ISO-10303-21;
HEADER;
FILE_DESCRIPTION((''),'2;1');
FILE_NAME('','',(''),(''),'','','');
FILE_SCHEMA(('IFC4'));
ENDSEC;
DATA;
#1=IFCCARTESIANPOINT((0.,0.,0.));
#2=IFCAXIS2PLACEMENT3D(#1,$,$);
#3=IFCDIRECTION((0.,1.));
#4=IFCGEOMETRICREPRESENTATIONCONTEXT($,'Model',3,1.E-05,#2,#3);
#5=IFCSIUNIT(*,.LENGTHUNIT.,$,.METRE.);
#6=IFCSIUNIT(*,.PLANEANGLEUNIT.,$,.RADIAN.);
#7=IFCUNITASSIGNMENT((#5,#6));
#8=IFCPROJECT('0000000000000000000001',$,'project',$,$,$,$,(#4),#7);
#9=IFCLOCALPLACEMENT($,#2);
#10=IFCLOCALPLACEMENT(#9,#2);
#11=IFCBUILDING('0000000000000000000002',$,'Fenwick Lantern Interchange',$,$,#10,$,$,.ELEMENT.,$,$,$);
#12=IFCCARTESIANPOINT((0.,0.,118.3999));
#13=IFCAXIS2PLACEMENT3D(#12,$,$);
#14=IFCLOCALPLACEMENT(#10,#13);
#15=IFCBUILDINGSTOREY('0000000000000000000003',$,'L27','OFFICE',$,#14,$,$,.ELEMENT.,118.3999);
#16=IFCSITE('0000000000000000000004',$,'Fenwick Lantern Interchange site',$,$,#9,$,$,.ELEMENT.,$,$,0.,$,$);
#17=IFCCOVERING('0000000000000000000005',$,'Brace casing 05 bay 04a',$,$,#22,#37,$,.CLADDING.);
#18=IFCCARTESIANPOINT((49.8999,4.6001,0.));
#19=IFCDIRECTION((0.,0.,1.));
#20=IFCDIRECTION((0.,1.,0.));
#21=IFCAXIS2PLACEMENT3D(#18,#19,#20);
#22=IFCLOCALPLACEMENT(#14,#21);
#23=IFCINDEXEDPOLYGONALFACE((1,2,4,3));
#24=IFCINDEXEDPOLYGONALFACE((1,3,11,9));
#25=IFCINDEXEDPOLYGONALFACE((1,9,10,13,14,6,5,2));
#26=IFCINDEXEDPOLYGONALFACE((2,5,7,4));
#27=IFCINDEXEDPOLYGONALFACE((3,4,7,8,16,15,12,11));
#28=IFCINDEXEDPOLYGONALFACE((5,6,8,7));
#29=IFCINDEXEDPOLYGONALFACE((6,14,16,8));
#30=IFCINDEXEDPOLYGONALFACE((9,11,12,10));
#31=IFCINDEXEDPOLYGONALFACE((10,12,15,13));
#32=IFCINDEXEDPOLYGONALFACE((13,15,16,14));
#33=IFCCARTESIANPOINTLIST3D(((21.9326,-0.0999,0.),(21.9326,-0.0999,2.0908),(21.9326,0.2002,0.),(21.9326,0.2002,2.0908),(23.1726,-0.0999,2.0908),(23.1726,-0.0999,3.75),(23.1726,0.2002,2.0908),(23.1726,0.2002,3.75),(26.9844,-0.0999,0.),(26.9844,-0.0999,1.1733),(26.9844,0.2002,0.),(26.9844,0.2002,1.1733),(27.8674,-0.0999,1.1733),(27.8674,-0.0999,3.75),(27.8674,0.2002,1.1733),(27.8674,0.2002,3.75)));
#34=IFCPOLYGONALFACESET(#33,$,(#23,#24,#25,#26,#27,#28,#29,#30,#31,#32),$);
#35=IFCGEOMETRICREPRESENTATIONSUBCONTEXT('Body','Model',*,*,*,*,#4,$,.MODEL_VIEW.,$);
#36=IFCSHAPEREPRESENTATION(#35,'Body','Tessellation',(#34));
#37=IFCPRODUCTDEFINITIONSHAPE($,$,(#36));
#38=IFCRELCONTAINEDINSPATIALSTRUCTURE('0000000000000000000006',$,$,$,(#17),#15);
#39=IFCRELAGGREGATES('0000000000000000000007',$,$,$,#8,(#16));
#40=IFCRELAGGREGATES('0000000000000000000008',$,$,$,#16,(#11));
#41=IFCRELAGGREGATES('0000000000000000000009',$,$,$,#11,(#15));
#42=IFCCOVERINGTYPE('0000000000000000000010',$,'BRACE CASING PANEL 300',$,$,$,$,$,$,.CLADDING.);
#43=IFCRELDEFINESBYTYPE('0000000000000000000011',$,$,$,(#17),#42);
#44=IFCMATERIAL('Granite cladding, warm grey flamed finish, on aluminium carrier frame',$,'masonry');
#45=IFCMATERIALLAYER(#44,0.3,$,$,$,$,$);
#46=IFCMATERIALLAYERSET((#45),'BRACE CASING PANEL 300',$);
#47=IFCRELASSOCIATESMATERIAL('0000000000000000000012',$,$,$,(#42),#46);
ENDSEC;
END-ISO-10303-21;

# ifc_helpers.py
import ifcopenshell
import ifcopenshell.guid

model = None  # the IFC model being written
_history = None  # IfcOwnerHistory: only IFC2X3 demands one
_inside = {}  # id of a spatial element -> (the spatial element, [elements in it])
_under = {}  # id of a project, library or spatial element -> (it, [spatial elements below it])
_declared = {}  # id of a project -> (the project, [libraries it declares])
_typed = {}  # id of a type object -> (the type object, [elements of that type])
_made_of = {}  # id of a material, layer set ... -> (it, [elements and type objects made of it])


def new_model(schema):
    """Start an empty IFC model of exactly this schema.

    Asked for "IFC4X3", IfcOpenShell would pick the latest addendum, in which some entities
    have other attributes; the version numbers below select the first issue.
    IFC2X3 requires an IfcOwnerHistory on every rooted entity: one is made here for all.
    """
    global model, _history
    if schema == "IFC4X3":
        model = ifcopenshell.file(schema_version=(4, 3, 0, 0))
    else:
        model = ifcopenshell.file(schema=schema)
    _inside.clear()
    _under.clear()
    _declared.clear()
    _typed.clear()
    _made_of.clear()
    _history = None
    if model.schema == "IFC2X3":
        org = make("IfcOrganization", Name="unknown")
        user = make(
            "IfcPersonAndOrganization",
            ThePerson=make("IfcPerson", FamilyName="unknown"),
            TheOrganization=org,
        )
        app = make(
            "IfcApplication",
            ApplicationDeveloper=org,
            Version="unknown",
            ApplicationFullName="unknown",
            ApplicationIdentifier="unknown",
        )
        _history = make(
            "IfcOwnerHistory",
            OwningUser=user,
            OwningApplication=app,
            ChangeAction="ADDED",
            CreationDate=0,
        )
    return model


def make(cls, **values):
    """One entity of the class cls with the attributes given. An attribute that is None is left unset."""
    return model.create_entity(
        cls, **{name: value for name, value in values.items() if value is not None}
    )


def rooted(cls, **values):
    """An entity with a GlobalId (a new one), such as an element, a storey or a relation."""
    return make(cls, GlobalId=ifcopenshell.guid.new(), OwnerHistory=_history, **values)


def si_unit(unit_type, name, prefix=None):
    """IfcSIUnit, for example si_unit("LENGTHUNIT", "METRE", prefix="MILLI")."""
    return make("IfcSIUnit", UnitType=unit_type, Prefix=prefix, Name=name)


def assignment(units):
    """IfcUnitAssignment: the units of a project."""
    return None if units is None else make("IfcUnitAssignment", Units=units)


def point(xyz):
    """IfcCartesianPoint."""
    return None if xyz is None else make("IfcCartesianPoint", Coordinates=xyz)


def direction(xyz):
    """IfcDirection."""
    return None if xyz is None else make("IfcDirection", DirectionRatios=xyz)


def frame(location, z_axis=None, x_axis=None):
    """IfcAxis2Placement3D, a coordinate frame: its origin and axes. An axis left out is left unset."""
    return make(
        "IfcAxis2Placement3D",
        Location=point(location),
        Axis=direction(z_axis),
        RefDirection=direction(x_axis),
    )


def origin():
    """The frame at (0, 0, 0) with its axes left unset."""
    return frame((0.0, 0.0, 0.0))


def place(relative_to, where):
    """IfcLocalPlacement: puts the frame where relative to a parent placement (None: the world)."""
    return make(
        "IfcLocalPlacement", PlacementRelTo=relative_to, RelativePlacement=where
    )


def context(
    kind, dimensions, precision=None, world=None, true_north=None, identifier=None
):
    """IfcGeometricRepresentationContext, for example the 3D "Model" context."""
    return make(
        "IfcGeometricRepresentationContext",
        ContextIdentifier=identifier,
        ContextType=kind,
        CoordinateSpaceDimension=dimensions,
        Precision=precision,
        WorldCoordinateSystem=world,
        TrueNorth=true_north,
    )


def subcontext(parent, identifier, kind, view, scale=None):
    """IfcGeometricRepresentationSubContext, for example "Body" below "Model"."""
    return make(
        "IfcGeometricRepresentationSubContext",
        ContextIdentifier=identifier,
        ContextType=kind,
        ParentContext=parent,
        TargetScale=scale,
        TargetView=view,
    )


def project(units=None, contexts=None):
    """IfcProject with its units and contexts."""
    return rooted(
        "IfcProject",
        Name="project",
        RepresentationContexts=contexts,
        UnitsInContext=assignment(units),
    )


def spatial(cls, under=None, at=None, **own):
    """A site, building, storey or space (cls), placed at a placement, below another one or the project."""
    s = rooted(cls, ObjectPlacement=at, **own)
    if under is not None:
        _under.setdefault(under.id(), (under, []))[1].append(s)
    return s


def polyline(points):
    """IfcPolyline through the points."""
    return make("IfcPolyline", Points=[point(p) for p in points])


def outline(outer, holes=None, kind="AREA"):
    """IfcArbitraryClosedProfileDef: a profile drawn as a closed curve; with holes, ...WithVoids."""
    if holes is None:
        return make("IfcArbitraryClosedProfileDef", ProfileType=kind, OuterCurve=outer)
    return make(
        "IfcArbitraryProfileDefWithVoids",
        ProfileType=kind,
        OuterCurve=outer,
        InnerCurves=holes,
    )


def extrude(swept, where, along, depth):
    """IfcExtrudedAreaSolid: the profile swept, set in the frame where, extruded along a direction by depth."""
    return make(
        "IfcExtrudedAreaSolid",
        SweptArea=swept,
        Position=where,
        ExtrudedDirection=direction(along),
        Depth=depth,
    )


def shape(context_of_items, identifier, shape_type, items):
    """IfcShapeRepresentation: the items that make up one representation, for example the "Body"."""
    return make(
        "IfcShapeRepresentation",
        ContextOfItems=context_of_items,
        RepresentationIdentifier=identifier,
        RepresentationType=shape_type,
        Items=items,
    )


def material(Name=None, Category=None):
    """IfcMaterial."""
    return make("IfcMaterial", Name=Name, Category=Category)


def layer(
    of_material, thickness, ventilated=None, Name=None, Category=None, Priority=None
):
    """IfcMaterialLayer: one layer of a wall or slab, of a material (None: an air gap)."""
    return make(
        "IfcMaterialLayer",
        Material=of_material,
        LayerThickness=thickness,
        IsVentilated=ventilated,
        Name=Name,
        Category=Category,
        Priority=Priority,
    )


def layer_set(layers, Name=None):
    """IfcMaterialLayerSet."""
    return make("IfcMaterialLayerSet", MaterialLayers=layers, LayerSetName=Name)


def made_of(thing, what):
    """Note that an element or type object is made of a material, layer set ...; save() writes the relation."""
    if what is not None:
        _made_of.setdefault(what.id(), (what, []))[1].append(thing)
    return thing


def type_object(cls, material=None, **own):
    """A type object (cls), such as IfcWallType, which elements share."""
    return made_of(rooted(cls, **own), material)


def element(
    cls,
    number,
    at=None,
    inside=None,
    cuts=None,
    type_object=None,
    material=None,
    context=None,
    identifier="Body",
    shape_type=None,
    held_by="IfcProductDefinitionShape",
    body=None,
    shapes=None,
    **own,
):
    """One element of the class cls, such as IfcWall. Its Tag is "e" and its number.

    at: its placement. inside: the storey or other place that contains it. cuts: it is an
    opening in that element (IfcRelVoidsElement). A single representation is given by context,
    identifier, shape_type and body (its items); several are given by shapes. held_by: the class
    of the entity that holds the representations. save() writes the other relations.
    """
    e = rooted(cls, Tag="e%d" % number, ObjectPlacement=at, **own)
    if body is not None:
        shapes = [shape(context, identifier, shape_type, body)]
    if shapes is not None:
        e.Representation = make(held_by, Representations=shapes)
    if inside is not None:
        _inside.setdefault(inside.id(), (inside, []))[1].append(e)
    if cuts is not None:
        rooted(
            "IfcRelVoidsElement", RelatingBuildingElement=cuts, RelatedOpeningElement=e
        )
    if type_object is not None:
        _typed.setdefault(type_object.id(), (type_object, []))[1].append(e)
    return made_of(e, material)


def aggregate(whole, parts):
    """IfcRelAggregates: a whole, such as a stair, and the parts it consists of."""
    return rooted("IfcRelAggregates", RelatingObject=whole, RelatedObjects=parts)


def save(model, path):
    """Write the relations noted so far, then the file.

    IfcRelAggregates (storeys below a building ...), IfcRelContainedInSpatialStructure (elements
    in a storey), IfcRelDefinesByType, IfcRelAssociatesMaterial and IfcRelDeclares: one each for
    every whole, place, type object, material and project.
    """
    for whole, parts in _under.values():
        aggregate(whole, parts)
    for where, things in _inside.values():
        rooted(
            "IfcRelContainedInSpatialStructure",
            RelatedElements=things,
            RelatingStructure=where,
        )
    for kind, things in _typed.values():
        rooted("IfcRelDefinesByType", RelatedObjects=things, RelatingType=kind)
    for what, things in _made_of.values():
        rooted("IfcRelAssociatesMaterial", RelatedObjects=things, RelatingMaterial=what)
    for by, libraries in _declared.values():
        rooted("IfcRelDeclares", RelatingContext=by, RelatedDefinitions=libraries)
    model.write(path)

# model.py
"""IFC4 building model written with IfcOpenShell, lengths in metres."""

from ifc_helpers import new_model, si_unit, direction, frame, origin, place, context, subcontext, project, spatial, polyline, outline, extrude, material, layer, layer_set, type_object, element, save


model = new_model("IFC4")

# Units and contexts
model_context = context("Model", 3, precision=1e-05, world=origin(), true_north=direction((0.0, 1.0)))
body_context = subcontext(model_context, "Body", "Model", "MODEL_VIEW")
ifc_project = project(units=[si_unit("LENGTHUNIT", "METRE"), si_unit("PLANEANGLEUNIT", "RADIAN")], contexts=[model_context])

# Site, building, storey
site_placement = place(None, origin())
site = spatial("IfcSite", under=ifc_project, at=site_placement, Name="Fenwick Lantern Interchange site", CompositionType="ELEMENT", RefElevation=0.0)
building_placement = place(site_placement, origin())
building = spatial("IfcBuilding", under=site, at=building_placement, Name="Fenwick Lantern Interchange", CompositionType="ELEMENT")
storey_placement = place(building_placement, frame((0.0, 0.0, 118.3999)))
storey = spatial("IfcBuildingStorey", under=building, at=storey_placement, Name="L27", Description="OFFICE", CompositionType="ELEMENT", Elevation=118.3999)

# Covering
ifc_material_1 = material(Name="Granite cladding, warm grey flamed finish, on aluminium carrier frame", Category="masonry")
ifc_layer_1 = layer(ifc_material_1, 0.3)
ifc_layer_set_1 = layer_set([ifc_layer_1], Name="BRACE CASING PANEL 300")
covering_type = type_object("IfcCoveringType", Name="BRACE CASING PANEL 300", PredefinedType="CLADDING", material=ifc_layer_set_1)
covering_1_placement = place(storey_placement, frame((49.8999, 4.6001, 0.0), z_axis=(0.0, 0.0, 1.0), x_axis=(0.0, 1.0, 0.0)))
element("IfcCovering", 1, at=covering_1_placement, inside=storey, type_object=covering_type, Name="Brace casing 05 bay 04a", PredefinedType="CLADDING", context=body_context, shape_type="SweptSolid", body=[
    extrude(outline(polyline([(21.9326, 0.0), (26.9844, 0.0), (26.9844, 1.1733), (27.8674, 1.1733), (27.8674, 3.75), (23.1726, 3.75), (23.1726, 2.0908), (21.9326, 2.0908), (21.9326, 0.0)])), frame((0.0, 0.2002, 0.0), z_axis=(0.0, -1.0, 0.0), x_axis=(1.0, 0.0, 0.0)), (0.0, 0.0, 1.0), 0.3),
])

save(model, "model.ifc")
